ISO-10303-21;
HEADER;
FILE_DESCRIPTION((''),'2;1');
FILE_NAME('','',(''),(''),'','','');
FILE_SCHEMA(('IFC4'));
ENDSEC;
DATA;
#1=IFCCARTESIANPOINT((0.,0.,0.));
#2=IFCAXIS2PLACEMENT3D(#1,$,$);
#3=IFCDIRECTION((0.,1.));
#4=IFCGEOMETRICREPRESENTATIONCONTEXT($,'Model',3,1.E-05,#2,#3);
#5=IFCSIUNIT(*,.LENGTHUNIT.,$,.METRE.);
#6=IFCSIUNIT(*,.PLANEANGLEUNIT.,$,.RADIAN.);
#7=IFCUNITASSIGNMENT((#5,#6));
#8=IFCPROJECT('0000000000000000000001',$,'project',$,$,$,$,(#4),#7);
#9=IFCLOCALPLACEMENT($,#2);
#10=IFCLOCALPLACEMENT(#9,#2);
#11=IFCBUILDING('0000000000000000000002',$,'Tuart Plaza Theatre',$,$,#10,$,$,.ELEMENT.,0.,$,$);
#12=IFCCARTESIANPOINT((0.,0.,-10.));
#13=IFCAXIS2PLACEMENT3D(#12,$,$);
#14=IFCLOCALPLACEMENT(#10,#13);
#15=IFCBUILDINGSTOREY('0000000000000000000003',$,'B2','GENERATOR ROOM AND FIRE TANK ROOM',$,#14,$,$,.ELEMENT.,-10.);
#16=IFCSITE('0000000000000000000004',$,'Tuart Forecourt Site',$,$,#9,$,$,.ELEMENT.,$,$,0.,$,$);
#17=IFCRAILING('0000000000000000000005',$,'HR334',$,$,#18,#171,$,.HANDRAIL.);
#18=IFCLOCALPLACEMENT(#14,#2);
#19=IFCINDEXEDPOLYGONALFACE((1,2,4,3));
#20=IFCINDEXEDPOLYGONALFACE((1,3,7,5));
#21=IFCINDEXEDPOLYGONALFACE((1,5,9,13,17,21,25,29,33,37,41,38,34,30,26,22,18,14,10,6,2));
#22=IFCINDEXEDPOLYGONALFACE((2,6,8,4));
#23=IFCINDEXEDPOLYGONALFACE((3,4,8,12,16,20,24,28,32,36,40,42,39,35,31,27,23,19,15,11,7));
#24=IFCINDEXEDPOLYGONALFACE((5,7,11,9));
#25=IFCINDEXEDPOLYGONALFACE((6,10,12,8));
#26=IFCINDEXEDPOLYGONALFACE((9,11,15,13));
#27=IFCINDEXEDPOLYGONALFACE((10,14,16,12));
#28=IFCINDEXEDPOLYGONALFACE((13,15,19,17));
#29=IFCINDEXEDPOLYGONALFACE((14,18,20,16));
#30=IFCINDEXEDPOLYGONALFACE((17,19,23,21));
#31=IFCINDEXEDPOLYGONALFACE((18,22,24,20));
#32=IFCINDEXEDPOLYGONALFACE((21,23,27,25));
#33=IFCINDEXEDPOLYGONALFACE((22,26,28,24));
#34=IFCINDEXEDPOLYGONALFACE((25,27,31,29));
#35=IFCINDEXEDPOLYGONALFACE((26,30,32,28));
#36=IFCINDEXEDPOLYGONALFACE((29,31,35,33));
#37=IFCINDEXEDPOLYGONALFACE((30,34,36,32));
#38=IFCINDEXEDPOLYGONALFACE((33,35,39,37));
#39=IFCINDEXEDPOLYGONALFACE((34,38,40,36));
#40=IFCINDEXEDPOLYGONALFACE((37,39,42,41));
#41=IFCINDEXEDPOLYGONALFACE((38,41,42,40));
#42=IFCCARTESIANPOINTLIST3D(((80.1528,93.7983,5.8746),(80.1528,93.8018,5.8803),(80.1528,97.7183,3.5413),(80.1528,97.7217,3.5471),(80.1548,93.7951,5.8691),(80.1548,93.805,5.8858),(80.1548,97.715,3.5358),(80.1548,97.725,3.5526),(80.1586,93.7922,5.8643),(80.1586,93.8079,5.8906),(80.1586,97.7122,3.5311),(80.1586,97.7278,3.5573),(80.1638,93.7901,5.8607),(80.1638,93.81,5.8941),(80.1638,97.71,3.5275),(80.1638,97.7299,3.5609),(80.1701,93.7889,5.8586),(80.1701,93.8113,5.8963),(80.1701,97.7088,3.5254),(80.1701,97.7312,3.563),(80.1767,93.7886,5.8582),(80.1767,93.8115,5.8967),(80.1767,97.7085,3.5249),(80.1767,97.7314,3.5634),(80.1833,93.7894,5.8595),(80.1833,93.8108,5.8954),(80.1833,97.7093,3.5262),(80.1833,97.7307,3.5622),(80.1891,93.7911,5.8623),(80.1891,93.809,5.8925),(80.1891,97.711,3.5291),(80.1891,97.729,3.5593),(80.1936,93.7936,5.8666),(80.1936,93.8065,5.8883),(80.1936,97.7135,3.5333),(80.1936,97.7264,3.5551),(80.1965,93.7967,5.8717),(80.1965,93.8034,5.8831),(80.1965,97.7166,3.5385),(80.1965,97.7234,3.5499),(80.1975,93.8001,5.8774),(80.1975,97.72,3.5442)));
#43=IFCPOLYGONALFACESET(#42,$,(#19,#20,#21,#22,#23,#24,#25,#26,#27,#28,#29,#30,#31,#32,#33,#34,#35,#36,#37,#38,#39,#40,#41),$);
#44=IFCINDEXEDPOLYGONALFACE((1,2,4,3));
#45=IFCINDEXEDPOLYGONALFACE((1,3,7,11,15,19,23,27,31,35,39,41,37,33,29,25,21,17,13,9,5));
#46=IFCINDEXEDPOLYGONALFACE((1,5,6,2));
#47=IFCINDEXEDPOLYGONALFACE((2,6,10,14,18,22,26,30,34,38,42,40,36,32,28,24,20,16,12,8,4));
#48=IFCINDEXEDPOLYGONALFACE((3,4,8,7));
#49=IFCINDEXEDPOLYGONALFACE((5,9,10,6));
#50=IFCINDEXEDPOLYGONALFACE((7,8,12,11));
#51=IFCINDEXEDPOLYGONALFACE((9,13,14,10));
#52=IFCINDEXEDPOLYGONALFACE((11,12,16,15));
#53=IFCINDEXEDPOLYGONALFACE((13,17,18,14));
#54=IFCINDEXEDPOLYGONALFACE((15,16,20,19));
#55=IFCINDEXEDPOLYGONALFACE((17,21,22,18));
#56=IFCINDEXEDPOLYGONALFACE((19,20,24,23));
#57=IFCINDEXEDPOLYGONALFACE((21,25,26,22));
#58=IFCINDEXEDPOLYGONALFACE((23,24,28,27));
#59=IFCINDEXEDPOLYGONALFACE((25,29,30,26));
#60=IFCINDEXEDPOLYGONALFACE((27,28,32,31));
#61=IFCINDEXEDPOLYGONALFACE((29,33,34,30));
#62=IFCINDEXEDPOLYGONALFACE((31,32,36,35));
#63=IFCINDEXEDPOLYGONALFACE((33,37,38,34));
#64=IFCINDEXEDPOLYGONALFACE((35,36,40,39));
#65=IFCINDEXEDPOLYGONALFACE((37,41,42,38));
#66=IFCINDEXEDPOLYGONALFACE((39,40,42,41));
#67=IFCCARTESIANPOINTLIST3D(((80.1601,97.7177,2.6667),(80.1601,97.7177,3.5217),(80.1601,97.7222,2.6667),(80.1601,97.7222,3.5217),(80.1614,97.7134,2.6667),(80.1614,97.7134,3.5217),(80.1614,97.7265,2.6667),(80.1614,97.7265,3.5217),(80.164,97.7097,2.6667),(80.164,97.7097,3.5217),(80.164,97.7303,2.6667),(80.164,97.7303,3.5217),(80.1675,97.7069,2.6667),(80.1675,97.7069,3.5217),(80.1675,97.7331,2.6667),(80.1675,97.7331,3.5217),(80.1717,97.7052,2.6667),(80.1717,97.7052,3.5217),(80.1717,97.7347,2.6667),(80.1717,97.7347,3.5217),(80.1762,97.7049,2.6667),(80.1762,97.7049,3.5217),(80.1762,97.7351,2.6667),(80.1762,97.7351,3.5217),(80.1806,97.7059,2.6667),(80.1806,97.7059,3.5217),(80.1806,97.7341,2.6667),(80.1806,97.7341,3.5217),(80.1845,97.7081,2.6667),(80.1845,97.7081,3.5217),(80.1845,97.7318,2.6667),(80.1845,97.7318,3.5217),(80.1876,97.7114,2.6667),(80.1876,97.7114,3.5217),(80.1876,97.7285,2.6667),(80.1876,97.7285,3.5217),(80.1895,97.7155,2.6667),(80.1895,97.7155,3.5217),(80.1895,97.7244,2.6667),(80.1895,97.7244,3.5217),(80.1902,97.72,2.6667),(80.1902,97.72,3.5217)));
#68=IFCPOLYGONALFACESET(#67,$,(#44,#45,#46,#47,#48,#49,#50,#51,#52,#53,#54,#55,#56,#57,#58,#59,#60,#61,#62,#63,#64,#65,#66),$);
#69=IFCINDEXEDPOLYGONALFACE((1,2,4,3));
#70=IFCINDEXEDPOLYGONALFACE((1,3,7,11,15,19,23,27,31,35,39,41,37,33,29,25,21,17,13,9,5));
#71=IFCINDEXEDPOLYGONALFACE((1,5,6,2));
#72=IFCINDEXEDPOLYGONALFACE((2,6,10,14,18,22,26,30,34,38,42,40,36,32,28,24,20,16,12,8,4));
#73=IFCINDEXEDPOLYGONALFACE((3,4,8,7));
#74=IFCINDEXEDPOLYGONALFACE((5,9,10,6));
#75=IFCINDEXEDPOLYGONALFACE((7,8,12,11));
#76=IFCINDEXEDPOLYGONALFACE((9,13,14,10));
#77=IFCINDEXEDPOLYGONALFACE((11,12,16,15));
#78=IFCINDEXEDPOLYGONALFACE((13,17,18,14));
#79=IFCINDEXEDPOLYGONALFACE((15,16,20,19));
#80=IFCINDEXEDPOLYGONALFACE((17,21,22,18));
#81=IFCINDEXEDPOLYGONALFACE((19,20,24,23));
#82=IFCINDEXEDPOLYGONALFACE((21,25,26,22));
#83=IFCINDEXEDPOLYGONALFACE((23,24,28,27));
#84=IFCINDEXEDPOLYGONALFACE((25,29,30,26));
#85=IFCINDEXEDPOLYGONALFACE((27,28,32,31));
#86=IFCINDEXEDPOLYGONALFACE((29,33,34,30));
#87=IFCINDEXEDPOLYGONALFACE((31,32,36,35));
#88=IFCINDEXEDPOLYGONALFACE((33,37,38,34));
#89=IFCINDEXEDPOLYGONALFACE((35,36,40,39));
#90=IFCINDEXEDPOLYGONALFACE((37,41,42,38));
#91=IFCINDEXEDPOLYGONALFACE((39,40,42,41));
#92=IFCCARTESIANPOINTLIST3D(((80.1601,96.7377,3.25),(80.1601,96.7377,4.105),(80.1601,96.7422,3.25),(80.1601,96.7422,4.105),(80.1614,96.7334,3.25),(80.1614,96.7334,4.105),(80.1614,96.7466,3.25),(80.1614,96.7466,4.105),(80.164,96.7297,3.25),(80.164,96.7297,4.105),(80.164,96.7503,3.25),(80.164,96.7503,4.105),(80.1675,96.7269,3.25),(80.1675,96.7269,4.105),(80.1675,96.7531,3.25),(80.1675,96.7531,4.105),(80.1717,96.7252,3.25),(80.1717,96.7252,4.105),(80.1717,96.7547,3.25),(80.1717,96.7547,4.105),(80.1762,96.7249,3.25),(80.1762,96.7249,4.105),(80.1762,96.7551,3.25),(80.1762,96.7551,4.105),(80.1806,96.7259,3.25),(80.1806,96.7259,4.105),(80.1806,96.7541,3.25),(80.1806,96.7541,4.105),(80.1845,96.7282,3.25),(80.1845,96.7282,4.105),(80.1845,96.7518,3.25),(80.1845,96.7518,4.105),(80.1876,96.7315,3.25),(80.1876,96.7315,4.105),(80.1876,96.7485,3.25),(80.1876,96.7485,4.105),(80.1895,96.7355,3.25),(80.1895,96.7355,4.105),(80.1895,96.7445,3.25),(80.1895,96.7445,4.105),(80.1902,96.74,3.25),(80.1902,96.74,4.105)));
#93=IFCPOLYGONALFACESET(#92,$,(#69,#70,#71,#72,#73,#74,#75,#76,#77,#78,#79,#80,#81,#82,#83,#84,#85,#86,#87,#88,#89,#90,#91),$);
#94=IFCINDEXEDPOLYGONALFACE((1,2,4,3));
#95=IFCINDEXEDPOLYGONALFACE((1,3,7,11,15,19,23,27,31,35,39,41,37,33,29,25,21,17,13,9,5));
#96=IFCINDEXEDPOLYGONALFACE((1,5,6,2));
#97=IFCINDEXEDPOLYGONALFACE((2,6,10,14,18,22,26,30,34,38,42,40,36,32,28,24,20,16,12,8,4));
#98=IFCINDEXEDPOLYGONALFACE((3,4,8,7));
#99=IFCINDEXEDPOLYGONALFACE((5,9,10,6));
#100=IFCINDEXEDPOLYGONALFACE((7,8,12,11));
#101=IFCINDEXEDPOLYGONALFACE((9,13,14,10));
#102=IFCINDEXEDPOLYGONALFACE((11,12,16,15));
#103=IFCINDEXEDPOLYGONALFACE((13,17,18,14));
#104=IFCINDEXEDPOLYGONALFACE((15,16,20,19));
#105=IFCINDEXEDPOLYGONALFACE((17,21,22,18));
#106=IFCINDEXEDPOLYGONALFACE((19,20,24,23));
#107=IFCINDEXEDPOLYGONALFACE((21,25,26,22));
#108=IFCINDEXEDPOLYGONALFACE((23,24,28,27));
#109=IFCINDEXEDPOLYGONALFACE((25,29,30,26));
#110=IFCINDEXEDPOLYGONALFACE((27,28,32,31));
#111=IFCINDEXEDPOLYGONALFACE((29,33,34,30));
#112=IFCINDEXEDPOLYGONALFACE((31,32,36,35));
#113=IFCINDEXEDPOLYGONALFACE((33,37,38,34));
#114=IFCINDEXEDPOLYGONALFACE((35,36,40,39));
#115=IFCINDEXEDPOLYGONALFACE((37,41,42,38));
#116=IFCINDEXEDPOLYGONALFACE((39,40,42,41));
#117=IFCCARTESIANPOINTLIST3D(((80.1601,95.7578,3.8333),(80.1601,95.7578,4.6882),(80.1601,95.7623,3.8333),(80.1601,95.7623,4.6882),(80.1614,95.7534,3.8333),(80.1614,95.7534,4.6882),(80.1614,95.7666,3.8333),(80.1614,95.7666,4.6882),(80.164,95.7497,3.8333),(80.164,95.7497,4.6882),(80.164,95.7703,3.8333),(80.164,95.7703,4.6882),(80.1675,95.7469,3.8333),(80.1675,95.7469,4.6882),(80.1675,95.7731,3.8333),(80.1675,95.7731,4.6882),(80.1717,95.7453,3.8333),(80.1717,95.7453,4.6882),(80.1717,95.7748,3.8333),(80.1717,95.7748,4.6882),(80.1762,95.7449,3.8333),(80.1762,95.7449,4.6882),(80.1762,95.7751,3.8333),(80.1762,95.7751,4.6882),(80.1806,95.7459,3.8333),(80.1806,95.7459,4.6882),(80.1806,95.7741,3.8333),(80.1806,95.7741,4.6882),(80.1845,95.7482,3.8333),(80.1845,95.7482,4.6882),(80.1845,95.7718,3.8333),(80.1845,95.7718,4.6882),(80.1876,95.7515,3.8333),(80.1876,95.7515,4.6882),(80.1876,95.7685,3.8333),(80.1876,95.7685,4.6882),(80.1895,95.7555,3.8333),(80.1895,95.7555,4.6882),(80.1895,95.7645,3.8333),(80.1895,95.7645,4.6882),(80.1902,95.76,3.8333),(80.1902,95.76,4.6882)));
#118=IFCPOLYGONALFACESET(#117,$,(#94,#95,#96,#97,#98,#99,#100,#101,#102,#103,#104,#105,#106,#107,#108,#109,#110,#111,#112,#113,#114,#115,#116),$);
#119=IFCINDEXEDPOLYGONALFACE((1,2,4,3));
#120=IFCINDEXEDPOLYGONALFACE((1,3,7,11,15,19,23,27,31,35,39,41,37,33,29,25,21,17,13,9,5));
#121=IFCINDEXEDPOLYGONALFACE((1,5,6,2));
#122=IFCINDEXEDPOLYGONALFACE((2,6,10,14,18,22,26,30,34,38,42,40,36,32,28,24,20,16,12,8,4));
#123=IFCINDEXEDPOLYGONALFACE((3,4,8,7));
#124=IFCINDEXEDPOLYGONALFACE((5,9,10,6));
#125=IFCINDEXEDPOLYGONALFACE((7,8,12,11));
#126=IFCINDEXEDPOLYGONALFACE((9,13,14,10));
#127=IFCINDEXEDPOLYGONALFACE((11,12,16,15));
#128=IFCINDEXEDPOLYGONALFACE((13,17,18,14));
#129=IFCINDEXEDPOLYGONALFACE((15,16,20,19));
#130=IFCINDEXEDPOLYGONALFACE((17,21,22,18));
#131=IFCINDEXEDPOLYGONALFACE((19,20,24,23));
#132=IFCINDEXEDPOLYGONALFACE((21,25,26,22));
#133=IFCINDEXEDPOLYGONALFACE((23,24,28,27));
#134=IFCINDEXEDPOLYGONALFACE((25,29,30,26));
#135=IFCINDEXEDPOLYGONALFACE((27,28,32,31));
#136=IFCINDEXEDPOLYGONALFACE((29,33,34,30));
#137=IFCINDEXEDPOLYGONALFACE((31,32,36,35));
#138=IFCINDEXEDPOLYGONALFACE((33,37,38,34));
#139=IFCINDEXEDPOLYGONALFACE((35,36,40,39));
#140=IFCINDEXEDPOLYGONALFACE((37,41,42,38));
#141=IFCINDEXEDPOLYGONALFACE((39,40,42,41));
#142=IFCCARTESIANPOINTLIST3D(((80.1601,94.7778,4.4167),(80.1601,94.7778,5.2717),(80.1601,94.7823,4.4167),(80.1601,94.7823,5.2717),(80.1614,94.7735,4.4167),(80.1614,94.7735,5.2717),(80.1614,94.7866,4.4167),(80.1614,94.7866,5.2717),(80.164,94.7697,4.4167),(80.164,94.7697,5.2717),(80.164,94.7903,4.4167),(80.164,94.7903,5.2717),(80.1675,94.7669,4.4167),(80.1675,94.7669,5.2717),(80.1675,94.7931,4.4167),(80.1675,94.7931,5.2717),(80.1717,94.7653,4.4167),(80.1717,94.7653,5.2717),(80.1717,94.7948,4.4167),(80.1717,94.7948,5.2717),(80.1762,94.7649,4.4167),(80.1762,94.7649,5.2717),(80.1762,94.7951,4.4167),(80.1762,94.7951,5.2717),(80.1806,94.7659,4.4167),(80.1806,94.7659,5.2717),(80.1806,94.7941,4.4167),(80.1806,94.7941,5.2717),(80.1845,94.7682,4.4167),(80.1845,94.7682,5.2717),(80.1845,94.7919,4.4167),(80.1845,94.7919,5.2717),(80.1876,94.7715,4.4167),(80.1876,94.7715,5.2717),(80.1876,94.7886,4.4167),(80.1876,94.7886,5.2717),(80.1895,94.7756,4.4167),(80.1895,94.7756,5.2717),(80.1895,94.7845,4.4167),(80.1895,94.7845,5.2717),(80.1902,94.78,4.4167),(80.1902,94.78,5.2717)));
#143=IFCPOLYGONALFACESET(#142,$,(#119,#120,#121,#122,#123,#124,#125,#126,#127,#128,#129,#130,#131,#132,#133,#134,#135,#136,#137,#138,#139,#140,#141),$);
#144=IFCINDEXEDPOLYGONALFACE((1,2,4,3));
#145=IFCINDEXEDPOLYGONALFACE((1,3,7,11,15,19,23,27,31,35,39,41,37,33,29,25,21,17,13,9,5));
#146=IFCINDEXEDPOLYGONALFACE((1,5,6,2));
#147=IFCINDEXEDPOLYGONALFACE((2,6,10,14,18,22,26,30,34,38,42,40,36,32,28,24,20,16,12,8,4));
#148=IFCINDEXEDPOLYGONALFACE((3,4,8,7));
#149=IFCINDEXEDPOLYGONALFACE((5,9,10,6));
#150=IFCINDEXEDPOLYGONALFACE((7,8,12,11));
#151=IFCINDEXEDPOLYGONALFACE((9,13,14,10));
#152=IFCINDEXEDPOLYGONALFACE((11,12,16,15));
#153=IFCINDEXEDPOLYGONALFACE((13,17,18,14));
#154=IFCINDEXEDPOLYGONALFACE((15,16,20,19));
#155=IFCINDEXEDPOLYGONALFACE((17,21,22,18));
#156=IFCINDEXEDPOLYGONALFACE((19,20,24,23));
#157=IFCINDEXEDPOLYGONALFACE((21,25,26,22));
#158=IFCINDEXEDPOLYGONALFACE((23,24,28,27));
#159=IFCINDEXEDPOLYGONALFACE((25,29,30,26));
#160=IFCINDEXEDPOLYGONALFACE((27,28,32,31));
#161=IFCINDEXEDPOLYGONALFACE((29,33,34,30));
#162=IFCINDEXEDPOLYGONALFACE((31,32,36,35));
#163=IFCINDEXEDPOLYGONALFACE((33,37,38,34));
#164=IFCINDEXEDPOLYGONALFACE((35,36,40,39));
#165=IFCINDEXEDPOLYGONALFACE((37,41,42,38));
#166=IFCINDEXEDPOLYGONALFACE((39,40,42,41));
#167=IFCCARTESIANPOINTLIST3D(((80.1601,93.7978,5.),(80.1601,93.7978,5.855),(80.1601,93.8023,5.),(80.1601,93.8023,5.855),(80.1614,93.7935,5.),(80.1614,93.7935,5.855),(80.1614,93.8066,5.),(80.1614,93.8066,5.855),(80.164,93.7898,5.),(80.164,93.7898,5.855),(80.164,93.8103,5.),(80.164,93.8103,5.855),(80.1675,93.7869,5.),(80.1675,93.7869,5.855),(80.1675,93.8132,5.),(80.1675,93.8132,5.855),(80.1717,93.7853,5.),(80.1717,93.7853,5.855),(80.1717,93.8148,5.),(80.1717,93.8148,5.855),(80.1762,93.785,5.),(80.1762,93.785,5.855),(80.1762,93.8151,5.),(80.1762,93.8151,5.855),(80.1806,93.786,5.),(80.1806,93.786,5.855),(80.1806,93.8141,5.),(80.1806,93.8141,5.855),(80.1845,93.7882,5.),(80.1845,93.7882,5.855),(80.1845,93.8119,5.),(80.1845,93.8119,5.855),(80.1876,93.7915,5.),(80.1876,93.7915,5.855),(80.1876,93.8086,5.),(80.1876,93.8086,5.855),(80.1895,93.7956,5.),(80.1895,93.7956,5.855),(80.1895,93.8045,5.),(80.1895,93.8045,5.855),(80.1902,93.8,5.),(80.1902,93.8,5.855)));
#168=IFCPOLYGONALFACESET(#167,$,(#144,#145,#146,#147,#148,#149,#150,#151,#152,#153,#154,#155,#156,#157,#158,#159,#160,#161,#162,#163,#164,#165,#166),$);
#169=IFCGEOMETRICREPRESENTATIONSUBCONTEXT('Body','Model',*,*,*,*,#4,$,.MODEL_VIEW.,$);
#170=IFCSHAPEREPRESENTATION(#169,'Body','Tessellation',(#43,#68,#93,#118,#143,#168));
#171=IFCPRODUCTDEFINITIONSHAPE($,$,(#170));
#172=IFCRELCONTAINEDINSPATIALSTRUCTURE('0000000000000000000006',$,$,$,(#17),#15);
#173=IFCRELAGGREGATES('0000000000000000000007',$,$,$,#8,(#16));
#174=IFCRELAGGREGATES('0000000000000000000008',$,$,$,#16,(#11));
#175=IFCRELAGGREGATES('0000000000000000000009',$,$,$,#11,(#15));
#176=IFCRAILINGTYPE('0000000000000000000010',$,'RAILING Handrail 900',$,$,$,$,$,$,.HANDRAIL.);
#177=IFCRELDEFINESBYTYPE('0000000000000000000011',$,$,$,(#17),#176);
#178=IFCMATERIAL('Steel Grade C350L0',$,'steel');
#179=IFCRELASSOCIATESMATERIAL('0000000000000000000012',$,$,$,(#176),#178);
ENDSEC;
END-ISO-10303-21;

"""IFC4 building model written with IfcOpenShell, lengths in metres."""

from ifc_helpers import new_model, si_unit, direction, frame, origin, origin_2d, place, context, subcontext, project, spatial, circle, extrude, material, type_object, element, save


model = new_model("IFC4")

# Units and contexts
model_context = context("Model", 3, precision=1e-05, world=origin(), true_north=direction((0.0, 1.0)))
body_context = subcontext(model_context, "Body", "Model", "MODEL_VIEW")
ifc_project = project(units=[si_unit("LENGTHUNIT", "METRE"), si_unit("PLANEANGLEUNIT", "RADIAN")], contexts=[model_context])

# Site, building, storey
site_placement = place(None, origin())
site = spatial("IfcSite", under=ifc_project, at=site_placement, Name="Tuart Forecourt Site", CompositionType="ELEMENT", RefElevation=0.0)
building_placement = place(site_placement, origin())
building = spatial("IfcBuilding", under=site, at=building_placement, Name="Tuart Plaza Theatre", CompositionType="ELEMENT", ElevationOfRefHeight=0.0)
storey_placement = place(building_placement, frame((0.0, 0.0, -10.0)))
storey = spatial("IfcBuildingStorey", under=building, at=storey_placement, Name="B2", Description="GENERATOR ROOM AND FIRE TANK ROOM", CompositionType="ELEMENT", Elevation=-10.0)

# Railing
ifc_material_1 = material(Name="Steel Grade C350L0", Category="steel")
railing_type_1 = type_object("IfcRailingType", Name="RAILING Handrail 900", PredefinedType="HANDRAIL", material=ifc_material_1)
for number, where, name in (
    (1, (80.175, 97.72, 2.6667), "HR334"),
):
    element("IfcRailing", number, at=place(storey_placement, frame(where)), inside=storey, type_object=railing_type_1, Name=name, PredefinedType="HANDRAIL", context=body_context, shape_type="SweptSolid", body=[
        extrude(circle(Radius=0.0225, at=origin_2d()), frame((0.0, 0.0, 0.8774), z_axis=(0.0, -0.859296, 0.511478), x_axis=(1.0, 0.0, 0.0)), (0.0, 0.0, 1.0), 4.5618),
        extrude(circle(Radius=0.0151, at=origin_2d()), origin(), (0.0, 0.0, 1.0), 0.855),
        extrude(circle(Radius=0.0151, at=origin_2d()), frame((0.0, -0.98, 0.5833)), (0.0, 0.0, 1.0), 0.855),
        extrude(circle(Radius=0.0151, at=origin_2d()), frame((0.0, -1.96, 1.1665)), (0.0, 0.0, 1.0), 0.855),
        extrude(circle(Radius=0.0151, at=origin_2d()), frame((0.0, -2.9399, 1.75)), (0.0, 0.0, 1.0), 0.855),
        extrude(circle(Radius=0.0151, at=origin_2d()), frame((0.0, -3.9199, 2.3333)), (0.0, 0.0, 1.0), 0.855),
    ])

save(model, "model.ifc")
